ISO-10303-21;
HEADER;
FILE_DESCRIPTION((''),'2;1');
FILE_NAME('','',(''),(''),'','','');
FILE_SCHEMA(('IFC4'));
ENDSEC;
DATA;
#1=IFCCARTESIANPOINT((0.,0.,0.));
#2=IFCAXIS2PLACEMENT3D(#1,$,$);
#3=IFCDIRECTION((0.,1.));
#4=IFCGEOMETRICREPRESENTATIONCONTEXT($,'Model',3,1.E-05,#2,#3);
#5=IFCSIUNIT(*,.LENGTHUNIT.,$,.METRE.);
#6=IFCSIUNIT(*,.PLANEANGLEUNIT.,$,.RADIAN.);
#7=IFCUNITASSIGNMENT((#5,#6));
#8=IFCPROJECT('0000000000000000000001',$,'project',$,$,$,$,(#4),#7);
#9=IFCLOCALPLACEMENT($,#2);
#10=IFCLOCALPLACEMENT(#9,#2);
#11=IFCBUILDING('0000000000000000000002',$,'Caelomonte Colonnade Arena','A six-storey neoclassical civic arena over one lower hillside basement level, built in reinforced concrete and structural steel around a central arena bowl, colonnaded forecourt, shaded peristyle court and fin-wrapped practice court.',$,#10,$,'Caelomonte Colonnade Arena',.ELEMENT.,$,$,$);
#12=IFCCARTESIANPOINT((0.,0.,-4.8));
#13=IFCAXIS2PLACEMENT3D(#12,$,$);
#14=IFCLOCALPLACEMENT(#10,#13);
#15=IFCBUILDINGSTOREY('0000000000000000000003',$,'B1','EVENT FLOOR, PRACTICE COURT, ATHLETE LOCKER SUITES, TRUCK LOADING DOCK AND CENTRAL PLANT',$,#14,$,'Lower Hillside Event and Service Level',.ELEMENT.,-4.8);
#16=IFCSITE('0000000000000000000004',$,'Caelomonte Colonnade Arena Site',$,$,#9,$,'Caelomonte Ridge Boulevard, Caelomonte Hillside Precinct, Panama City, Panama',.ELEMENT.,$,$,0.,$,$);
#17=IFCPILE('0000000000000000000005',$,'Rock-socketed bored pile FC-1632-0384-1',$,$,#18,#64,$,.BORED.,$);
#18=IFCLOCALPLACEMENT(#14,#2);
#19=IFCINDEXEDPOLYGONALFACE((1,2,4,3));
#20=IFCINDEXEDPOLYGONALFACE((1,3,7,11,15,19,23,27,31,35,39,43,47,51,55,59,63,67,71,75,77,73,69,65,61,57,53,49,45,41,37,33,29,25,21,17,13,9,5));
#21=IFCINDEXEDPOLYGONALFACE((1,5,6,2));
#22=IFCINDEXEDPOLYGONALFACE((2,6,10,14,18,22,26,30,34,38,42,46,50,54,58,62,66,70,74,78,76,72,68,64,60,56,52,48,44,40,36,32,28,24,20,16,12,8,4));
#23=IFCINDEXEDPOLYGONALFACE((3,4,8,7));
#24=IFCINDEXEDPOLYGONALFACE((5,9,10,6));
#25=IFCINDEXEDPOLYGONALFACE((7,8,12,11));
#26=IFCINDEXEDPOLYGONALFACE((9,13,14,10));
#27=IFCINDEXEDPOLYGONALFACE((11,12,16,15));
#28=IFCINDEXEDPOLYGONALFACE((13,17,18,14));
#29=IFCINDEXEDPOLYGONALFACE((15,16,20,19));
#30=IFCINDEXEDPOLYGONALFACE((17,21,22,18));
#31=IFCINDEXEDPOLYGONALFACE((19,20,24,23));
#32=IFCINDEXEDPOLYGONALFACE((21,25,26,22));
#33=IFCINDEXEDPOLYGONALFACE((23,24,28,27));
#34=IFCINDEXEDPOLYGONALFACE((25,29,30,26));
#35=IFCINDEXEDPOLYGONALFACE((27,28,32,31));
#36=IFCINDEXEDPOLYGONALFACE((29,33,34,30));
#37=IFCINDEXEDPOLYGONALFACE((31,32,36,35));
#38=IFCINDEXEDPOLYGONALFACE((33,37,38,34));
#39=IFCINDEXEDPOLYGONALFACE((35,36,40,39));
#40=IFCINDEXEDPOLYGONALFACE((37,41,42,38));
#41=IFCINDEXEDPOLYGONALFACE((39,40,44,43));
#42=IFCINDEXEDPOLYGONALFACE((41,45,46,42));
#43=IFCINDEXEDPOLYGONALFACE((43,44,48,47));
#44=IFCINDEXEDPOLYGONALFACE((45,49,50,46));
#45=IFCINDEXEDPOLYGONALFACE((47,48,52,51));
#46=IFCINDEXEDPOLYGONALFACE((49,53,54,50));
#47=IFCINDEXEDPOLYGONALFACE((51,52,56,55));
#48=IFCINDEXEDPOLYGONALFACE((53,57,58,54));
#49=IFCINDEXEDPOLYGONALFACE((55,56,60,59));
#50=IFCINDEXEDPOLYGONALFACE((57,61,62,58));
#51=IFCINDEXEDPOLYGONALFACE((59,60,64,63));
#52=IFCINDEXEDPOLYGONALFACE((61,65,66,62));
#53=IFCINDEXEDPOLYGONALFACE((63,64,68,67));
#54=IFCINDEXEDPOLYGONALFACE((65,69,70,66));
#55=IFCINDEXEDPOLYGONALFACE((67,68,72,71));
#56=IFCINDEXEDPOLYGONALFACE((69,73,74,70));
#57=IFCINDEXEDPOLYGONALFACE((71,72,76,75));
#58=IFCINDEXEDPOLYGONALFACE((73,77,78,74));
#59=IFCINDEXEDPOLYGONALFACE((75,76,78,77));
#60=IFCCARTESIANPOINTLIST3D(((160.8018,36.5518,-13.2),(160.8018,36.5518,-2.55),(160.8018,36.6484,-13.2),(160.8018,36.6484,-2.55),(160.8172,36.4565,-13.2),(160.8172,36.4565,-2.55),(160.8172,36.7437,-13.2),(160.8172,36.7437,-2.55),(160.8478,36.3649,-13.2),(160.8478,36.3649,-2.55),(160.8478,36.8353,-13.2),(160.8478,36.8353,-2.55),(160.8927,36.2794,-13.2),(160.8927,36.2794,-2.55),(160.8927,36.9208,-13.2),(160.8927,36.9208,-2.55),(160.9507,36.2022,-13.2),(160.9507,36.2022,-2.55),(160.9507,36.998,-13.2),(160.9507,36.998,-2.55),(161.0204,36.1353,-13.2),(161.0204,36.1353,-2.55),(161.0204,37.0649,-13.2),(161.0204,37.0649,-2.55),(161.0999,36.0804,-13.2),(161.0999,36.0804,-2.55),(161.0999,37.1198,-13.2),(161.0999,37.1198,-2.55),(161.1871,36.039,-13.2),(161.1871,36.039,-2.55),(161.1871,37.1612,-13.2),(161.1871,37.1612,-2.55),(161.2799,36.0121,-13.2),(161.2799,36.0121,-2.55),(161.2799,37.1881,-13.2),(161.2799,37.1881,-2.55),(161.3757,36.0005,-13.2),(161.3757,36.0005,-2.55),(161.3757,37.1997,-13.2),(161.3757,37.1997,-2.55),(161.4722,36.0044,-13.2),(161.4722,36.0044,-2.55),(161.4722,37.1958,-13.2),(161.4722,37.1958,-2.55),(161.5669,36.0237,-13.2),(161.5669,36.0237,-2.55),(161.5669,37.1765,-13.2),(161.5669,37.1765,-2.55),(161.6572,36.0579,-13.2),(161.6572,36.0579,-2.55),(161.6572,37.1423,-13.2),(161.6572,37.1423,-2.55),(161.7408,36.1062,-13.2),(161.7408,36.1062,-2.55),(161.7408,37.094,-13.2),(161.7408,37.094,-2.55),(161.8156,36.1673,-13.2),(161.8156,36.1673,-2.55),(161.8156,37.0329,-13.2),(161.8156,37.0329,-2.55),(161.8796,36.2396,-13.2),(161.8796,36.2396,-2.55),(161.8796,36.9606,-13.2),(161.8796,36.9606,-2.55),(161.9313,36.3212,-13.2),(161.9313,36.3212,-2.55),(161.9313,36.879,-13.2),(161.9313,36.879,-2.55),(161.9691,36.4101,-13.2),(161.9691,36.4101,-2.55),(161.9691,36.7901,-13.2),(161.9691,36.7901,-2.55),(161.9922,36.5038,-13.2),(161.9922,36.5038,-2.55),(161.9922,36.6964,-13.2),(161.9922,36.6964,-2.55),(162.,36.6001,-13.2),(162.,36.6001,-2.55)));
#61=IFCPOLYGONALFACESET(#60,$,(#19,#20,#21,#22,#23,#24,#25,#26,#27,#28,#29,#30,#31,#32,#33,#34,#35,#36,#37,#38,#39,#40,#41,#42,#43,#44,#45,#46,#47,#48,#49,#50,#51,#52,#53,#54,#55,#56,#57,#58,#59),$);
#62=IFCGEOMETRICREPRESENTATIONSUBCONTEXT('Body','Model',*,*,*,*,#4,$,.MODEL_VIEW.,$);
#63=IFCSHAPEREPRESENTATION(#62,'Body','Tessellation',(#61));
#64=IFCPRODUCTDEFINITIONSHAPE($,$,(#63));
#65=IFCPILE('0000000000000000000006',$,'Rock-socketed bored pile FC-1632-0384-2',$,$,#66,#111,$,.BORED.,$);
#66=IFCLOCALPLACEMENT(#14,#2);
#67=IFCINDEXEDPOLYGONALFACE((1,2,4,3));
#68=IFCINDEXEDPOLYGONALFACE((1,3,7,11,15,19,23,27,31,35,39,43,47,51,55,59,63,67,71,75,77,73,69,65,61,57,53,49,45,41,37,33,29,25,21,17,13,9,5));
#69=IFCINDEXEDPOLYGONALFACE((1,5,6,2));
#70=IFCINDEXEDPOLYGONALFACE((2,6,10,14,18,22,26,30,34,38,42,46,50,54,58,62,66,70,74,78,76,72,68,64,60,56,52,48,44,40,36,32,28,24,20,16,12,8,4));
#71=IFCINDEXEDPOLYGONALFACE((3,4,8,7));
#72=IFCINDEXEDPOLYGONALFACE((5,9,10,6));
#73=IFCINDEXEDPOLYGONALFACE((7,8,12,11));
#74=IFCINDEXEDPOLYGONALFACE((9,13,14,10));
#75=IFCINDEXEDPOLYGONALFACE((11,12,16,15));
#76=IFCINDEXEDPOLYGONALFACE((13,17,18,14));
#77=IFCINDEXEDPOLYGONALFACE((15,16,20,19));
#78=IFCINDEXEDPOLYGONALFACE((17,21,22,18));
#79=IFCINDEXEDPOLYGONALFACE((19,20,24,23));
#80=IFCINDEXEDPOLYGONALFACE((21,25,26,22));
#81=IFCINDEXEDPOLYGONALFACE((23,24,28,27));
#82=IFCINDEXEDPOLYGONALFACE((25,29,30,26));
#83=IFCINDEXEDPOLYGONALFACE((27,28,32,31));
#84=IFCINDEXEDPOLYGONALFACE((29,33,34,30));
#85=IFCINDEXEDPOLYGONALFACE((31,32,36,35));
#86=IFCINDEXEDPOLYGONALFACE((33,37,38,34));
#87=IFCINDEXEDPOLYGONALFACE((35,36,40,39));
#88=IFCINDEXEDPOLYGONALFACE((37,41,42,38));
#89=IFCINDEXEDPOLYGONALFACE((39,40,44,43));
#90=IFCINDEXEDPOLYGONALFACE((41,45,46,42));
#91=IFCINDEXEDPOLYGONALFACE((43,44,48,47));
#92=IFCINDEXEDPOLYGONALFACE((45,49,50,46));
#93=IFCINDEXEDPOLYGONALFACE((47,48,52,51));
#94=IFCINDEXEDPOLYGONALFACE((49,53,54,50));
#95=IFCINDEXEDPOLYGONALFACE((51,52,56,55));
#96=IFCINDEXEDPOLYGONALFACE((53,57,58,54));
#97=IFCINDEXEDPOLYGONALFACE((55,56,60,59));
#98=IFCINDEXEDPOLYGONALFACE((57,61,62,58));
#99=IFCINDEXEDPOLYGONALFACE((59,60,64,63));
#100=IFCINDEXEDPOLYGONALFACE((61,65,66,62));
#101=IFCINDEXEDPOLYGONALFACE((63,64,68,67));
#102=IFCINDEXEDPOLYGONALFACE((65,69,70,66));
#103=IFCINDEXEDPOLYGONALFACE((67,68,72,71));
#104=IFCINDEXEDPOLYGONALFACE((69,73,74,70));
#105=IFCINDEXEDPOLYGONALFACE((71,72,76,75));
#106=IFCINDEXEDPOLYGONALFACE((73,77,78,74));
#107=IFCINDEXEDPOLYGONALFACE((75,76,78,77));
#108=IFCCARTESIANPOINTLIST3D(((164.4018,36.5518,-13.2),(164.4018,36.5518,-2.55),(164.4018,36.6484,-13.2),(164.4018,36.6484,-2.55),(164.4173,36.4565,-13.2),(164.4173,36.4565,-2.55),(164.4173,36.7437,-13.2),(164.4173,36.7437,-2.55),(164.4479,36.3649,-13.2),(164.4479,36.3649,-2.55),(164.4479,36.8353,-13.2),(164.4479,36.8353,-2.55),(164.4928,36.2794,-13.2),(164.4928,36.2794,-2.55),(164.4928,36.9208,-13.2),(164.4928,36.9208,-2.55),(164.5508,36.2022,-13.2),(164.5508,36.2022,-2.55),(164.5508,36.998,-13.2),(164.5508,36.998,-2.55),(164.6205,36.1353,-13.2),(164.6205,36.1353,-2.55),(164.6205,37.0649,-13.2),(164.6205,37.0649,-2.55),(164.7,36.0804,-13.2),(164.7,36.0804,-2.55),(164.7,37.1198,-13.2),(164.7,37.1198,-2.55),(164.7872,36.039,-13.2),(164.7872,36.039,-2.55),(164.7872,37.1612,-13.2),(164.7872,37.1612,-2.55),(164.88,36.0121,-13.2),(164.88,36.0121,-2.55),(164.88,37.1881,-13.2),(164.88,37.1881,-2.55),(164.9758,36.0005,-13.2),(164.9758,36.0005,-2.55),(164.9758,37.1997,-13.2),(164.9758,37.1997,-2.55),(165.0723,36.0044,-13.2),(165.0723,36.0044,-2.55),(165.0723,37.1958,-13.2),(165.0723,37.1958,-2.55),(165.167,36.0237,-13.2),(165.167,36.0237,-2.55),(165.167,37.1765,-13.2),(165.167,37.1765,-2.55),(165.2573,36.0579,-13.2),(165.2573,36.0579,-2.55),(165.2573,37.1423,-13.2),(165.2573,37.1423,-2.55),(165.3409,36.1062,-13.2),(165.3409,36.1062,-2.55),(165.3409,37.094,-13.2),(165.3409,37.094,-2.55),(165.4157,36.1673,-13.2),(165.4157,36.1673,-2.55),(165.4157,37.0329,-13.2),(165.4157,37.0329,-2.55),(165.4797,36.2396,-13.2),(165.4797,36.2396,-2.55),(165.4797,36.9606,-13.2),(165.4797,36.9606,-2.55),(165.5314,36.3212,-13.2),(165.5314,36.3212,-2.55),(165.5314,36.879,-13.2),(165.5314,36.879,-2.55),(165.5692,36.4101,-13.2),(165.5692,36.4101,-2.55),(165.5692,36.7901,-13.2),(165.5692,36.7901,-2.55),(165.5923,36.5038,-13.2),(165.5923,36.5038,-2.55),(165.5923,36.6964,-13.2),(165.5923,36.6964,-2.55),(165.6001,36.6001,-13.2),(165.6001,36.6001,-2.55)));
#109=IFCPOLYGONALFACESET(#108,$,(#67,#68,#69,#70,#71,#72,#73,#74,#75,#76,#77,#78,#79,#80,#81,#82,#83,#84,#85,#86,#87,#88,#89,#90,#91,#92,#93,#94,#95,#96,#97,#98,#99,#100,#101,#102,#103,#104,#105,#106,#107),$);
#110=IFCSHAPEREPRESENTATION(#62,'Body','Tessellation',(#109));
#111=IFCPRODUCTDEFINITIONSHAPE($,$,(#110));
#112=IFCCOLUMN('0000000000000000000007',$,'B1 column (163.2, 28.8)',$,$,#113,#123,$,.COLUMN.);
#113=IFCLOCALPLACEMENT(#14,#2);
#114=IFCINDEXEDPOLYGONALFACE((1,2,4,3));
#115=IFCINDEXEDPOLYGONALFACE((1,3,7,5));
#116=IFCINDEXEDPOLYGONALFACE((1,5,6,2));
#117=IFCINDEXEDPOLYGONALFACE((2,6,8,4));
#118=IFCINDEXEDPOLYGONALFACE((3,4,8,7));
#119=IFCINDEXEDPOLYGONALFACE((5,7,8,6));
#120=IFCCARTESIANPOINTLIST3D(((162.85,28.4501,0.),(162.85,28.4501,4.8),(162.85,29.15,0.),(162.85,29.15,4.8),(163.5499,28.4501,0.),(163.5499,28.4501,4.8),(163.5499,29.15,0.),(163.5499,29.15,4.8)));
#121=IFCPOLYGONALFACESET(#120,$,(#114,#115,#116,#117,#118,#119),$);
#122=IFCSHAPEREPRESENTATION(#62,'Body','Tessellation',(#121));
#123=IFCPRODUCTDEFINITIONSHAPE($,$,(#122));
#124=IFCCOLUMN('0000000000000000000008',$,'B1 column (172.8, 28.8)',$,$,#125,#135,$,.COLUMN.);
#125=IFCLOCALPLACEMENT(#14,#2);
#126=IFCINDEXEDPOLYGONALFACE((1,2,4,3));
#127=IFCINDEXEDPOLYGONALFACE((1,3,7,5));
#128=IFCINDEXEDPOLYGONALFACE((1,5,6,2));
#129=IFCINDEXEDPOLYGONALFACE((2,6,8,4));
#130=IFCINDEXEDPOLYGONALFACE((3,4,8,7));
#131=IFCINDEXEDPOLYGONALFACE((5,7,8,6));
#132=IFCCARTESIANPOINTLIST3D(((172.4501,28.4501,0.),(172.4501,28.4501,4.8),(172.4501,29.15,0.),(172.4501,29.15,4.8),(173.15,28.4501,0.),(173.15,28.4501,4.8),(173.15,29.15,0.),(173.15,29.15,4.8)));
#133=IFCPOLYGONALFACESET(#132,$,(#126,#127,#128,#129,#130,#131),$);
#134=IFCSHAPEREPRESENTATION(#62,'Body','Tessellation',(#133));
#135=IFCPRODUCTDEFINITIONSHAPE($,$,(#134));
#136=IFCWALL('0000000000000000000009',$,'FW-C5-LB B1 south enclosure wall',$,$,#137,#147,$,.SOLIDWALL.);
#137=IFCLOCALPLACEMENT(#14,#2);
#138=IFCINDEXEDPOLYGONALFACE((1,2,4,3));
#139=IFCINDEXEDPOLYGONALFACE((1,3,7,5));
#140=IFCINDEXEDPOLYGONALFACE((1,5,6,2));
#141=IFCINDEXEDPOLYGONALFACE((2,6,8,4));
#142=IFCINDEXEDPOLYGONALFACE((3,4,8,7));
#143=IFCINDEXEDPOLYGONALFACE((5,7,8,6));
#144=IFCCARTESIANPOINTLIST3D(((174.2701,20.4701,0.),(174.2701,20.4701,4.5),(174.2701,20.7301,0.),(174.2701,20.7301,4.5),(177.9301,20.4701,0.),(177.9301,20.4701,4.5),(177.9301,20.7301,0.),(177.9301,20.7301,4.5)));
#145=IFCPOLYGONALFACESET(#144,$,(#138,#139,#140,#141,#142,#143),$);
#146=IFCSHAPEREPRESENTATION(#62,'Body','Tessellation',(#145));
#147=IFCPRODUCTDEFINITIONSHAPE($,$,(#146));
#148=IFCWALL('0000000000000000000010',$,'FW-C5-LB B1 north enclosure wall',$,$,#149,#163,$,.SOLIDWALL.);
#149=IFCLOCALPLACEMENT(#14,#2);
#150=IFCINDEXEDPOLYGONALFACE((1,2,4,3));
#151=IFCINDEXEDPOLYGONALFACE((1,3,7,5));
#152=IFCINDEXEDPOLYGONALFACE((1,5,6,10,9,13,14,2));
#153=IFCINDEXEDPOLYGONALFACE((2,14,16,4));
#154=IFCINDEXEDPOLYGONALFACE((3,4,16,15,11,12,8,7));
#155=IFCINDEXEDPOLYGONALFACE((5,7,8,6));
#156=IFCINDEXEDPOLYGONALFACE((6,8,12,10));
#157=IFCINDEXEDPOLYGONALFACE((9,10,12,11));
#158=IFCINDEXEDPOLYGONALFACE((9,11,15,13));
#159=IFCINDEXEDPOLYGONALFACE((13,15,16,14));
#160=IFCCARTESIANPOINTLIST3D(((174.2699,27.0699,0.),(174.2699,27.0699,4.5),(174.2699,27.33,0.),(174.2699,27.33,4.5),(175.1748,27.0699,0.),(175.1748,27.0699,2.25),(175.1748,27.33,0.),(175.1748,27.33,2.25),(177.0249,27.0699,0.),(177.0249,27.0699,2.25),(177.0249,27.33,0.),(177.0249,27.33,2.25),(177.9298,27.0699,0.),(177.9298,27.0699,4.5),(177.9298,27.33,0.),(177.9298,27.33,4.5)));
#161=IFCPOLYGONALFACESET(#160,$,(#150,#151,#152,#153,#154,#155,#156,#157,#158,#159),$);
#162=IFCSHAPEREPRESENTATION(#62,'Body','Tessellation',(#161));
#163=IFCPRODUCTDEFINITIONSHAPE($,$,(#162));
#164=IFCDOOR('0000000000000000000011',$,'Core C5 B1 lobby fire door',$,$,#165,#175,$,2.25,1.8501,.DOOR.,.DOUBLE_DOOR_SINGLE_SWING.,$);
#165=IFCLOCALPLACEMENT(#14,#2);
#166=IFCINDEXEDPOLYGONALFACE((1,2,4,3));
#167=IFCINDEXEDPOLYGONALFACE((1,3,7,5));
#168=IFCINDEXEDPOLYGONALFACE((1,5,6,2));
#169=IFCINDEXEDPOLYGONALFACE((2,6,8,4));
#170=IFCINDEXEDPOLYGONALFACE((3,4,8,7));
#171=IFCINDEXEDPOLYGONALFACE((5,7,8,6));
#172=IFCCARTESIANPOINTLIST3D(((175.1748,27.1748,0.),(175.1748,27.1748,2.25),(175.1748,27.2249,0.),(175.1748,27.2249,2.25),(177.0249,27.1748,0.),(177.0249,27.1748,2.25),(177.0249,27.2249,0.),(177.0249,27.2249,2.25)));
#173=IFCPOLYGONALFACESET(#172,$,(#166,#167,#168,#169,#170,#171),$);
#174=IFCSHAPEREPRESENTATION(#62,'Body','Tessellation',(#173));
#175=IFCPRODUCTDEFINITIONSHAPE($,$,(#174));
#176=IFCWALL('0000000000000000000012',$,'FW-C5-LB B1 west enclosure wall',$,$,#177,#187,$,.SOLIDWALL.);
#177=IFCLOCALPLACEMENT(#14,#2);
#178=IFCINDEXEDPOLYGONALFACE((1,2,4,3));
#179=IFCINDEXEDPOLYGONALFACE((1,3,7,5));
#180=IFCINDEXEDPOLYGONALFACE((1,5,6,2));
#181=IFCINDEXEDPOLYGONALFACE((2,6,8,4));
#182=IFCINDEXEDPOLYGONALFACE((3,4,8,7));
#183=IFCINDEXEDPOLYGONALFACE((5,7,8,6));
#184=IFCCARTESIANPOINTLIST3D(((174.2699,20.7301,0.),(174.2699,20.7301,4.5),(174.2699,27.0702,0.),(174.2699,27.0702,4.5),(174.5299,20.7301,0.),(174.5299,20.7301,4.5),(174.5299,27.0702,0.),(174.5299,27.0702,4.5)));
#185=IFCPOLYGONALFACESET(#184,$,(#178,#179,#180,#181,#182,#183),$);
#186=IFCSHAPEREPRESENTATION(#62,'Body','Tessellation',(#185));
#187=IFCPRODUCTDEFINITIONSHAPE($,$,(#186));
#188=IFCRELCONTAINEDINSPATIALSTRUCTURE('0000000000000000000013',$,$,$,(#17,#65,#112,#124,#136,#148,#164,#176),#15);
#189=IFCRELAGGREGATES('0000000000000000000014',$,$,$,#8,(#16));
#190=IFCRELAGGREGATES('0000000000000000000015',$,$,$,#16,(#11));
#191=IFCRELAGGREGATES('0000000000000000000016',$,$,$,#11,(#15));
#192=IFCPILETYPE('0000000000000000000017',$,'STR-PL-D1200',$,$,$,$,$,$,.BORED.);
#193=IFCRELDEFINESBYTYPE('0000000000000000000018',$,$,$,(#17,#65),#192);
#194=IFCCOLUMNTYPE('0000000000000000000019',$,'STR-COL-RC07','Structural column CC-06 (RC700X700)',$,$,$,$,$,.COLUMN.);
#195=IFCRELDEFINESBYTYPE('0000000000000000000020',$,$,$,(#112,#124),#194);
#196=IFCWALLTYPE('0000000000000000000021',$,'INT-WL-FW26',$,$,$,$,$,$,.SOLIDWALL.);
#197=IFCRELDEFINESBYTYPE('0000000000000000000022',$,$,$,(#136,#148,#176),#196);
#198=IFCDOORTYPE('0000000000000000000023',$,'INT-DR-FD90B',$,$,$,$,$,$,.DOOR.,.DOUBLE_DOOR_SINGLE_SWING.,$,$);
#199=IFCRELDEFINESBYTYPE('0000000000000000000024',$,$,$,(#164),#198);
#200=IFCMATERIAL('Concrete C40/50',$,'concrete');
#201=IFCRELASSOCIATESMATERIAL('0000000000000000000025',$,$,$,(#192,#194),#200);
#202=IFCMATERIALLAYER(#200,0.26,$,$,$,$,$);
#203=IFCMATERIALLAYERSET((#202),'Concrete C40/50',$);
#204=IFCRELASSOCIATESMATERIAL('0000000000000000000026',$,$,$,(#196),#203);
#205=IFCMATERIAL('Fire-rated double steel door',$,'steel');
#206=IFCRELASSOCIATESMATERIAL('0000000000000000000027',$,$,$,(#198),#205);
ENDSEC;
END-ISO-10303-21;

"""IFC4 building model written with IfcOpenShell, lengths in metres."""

from ifc_helpers import new_model, si_unit, direction, frame, frame_2d, origin, origin_2d, place, context, subcontext, project, spatial, rectangle, circle, extrude, material, layer, layer_set, material_profile, profile_set, type_object, element, fill, save


model = new_model("IFC4")

# Units and contexts
model_context = context("Model", 3, precision=1e-05, world=origin(), true_north=direction((0.0, 1.0)))
body_context = subcontext(model_context, "Body", "Model", "MODEL_VIEW")
ifc_project = project(units=[si_unit("LENGTHUNIT", "METRE"), si_unit("PLANEANGLEUNIT", "RADIAN")], contexts=[model_context])

# Site, building, storey
site_placement = place(None, origin())
site = spatial("IfcSite", under=ifc_project, at=site_placement, Name="Caelomonte Colonnade Arena Site", LongName="Caelomonte Ridge Boulevard, Caelomonte Hillside Precinct, Panama City, Panama", CompositionType="ELEMENT", RefElevation=0.0)
building_placement = place(site_placement, origin())
building = spatial("IfcBuilding", under=site, at=building_placement, Name="Caelomonte Colonnade Arena", Description="A six-storey neoclassical civic arena over one lower hillside basement level, built in reinforced concrete and structural steel around a central arena bowl, colonnaded forecourt, shaded peristyle court and fin-wrapped practice court.", LongName="Caelomonte Colonnade Arena", CompositionType="ELEMENT")
storey_placement = place(building_placement, frame((0.0, 0.0, -4.8)))
storey = spatial("IfcBuildingStorey", under=building, at=storey_placement, Name="B1", Description="EVENT FLOOR, PRACTICE COURT, ATHLETE LOCKER SUITES, TRUCK LOADING DOCK AND CENTRAL PLANT", LongName="Lower Hillside Event and Service Level", CompositionType="ELEMENT", Elevation=-4.8)

# Shared definitions
ifc_material_1 = material(Name="Concrete C40/50", Category="concrete")

# Piles
ifc_material_profile_1 = material_profile(ifc_material_1, circle(Radius=0.6001, at=origin_2d()), Name="PILE-D1200")
ifc_profile_set_1 = profile_set([ifc_material_profile_1], Name="Concrete C40/50")
pile_type_1 = type_object("IfcPileType", Name="STR-PL-D1200", PredefinedType="BORED", material=ifc_profile_set_1)
for number, where, z_axis, x_axis, name in (
    (1, (161.3999, 36.6001, -2.55), (0.0, 0.0, -1.0), (1.0, 0.0, 0.0), "Rock-socketed bored pile FC-1632-0384-1"),
    (2, (165.0, 36.6001, -2.55), (0.0, 0.0, -1.0), (1.0, 0.0, 0.0), "Rock-socketed bored pile FC-1632-0384-2"),
):
    element("IfcPile", number, at=place(storey_placement, frame(where, z_axis=z_axis, x_axis=x_axis)), inside=storey, type_object=pile_type_1, Name=name, PredefinedType="BORED", context=body_context, shape_type="SweptSolid", body=[
        extrude(circle(Radius=0.6001, at=origin_2d()), origin(), (0.0, 0.0, 1.0), 10.6499),
    ])

# Columns
ifc_material_profile_2 = material_profile(ifc_material_1, rectangle(XDim=0.7, YDim=0.7, at=origin_2d()), Name="RC700X700")
ifc_profile_set_2 = profile_set([ifc_material_profile_2], Name="Concrete C40/50")
column_type = type_object("IfcColumnType", Name="STR-COL-RC07", Description="Structural column CC-06 (RC700X700)", PredefinedType="COLUMN", material=ifc_profile_set_2)
for number, where, z_axis, x_axis, name in (
    (3, (163.2, 28.8, 0.0), (0.0, 0.0, 1.0), (1.0, 0.0, 0.0), "B1 column (163.2, 28.8)"),
    (4, (172.8, 28.8, 0.0), (0.0, 0.0, 1.0), (1.0, 0.0, 0.0), "B1 column (172.8, 28.8)"),
):
    element("IfcColumn", number, at=place(storey_placement, frame(where, z_axis=z_axis, x_axis=x_axis)), inside=storey, type_object=column_type, Name=name, PredefinedType="COLUMN", context=body_context, shape_type="SweptSolid", body=[
        extrude(rectangle(XDim=0.7, YDim=0.7, at=origin_2d()), origin(), (0.0, 0.0, 1.0), 4.8),
    ])

# Wall
ifc_layer_1 = layer(ifc_material_1, 0.26)
ifc_layer_set_1 = layer_set([ifc_layer_1], Name="Concrete C40/50")
wall_type_1 = type_object("IfcWallType", Name="INT-WL-FW26", PredefinedType="SOLIDWALL", material=ifc_layer_set_1)
wall_1_placement = place(storey_placement, frame((174.27, 20.6001, 0.0), z_axis=(0.0, 0.0, 1.0), x_axis=(1.0, 0.0, 0.0)))
element("IfcWall", 5, at=wall_1_placement, inside=storey, type_object=wall_type_1, Name="FW-C5-LB B1 south enclosure wall", PredefinedType="SOLIDWALL", context=body_context, shape_type="SweptSolid", body=[
    extrude(rectangle(XDim=3.6599, YDim=0.26, at=frame_2d((1.8301, 0.0))), origin(), (0.0, 0.0, 1.0), 4.5),
])

# Wall, opening, door
wall_2_placement = place(storey_placement, frame((177.9299, 27.2, 0.0), z_axis=(0.0, 0.0, 1.0), x_axis=(-1.0, 0.0, 0.0)))
wall_2 = element("IfcWall", 6, at=wall_2_placement, inside=storey, type_object=wall_type_1, Name="FW-C5-LB B1 north enclosure wall", PredefinedType="SOLIDWALL", context=body_context, shape_type="SweptSolid", body=[
    extrude(rectangle(XDim=3.6599, YDim=0.26, at=frame_2d((1.8301, 0.0))), origin(), (0.0, 0.0, 1.0), 4.5),
])
opening_1_placement = place(wall_2_placement, frame((2.7551, 0.0, 0.0), z_axis=(0.0, 0.0, 1.0), x_axis=(-1.0, 0.0, 0.0)))
opening_1 = element("IfcOpeningElement", 7, at=opening_1_placement, cuts=wall_2, PredefinedType="OPENING", context=body_context, shape_type="SweptSolid", body=[
    extrude(rectangle(XDim=1.8501, YDim=2.25, at=frame_2d((0.925, 1.125))), frame((0.0, 0.1399, 0.0), z_axis=(0.0, -1.0, 0.0), x_axis=(1.0, 0.0, 0.0)), (0.0, 0.0, 1.0), 0.28),
])
ifc_material_2 = material(Name="Fire-rated double steel door", Category="steel")
door_type_1 = type_object("IfcDoorType", Name="INT-DR-FD90B", OperationType="DOUBLE_DOOR_SINGLE_SWING", PredefinedType="DOOR", material=ifc_material_2)
door_1_placement = place(opening_1_placement, origin())
door_1 = element("IfcDoor", 8, at=door_1_placement, inside=storey, type_object=door_type_1, Name="Core C5 B1 lobby fire door", OperationType="DOUBLE_DOOR_SINGLE_SWING", OverallHeight=2.25, OverallWidth=1.8501, PredefinedType="DOOR", context=body_context, shape_type="SweptSolid", body=[
    extrude(rectangle(XDim=1.8501, YDim=2.25, at=frame_2d((0.925, 1.125))), frame((0.0, 0.0249, 0.0), z_axis=(0.0, -1.0, 0.0), x_axis=(1.0, 0.0, 0.0)), (0.0, 0.0, 1.0), 0.05),
])
fill(opening_1, door_1)

# Wall
wall_3_placement = place(storey_placement, frame((174.3999, 27.0701, 0.0), z_axis=(0.0, 0.0, 1.0), x_axis=(0.0, -1.0, 0.0)))
element("IfcWall", 9, at=wall_3_placement, inside=storey, type_object=wall_type_1, Name="FW-C5-LB B1 west enclosure wall", PredefinedType="SOLIDWALL", context=body_context, shape_type="SweptSolid", body=[
    extrude(rectangle(XDim=6.3401, YDim=0.26, at=frame_2d((3.1699, 0.0))), origin(), (0.0, 0.0, 1.0), 4.5),
])

save(model, "model.ifc")
